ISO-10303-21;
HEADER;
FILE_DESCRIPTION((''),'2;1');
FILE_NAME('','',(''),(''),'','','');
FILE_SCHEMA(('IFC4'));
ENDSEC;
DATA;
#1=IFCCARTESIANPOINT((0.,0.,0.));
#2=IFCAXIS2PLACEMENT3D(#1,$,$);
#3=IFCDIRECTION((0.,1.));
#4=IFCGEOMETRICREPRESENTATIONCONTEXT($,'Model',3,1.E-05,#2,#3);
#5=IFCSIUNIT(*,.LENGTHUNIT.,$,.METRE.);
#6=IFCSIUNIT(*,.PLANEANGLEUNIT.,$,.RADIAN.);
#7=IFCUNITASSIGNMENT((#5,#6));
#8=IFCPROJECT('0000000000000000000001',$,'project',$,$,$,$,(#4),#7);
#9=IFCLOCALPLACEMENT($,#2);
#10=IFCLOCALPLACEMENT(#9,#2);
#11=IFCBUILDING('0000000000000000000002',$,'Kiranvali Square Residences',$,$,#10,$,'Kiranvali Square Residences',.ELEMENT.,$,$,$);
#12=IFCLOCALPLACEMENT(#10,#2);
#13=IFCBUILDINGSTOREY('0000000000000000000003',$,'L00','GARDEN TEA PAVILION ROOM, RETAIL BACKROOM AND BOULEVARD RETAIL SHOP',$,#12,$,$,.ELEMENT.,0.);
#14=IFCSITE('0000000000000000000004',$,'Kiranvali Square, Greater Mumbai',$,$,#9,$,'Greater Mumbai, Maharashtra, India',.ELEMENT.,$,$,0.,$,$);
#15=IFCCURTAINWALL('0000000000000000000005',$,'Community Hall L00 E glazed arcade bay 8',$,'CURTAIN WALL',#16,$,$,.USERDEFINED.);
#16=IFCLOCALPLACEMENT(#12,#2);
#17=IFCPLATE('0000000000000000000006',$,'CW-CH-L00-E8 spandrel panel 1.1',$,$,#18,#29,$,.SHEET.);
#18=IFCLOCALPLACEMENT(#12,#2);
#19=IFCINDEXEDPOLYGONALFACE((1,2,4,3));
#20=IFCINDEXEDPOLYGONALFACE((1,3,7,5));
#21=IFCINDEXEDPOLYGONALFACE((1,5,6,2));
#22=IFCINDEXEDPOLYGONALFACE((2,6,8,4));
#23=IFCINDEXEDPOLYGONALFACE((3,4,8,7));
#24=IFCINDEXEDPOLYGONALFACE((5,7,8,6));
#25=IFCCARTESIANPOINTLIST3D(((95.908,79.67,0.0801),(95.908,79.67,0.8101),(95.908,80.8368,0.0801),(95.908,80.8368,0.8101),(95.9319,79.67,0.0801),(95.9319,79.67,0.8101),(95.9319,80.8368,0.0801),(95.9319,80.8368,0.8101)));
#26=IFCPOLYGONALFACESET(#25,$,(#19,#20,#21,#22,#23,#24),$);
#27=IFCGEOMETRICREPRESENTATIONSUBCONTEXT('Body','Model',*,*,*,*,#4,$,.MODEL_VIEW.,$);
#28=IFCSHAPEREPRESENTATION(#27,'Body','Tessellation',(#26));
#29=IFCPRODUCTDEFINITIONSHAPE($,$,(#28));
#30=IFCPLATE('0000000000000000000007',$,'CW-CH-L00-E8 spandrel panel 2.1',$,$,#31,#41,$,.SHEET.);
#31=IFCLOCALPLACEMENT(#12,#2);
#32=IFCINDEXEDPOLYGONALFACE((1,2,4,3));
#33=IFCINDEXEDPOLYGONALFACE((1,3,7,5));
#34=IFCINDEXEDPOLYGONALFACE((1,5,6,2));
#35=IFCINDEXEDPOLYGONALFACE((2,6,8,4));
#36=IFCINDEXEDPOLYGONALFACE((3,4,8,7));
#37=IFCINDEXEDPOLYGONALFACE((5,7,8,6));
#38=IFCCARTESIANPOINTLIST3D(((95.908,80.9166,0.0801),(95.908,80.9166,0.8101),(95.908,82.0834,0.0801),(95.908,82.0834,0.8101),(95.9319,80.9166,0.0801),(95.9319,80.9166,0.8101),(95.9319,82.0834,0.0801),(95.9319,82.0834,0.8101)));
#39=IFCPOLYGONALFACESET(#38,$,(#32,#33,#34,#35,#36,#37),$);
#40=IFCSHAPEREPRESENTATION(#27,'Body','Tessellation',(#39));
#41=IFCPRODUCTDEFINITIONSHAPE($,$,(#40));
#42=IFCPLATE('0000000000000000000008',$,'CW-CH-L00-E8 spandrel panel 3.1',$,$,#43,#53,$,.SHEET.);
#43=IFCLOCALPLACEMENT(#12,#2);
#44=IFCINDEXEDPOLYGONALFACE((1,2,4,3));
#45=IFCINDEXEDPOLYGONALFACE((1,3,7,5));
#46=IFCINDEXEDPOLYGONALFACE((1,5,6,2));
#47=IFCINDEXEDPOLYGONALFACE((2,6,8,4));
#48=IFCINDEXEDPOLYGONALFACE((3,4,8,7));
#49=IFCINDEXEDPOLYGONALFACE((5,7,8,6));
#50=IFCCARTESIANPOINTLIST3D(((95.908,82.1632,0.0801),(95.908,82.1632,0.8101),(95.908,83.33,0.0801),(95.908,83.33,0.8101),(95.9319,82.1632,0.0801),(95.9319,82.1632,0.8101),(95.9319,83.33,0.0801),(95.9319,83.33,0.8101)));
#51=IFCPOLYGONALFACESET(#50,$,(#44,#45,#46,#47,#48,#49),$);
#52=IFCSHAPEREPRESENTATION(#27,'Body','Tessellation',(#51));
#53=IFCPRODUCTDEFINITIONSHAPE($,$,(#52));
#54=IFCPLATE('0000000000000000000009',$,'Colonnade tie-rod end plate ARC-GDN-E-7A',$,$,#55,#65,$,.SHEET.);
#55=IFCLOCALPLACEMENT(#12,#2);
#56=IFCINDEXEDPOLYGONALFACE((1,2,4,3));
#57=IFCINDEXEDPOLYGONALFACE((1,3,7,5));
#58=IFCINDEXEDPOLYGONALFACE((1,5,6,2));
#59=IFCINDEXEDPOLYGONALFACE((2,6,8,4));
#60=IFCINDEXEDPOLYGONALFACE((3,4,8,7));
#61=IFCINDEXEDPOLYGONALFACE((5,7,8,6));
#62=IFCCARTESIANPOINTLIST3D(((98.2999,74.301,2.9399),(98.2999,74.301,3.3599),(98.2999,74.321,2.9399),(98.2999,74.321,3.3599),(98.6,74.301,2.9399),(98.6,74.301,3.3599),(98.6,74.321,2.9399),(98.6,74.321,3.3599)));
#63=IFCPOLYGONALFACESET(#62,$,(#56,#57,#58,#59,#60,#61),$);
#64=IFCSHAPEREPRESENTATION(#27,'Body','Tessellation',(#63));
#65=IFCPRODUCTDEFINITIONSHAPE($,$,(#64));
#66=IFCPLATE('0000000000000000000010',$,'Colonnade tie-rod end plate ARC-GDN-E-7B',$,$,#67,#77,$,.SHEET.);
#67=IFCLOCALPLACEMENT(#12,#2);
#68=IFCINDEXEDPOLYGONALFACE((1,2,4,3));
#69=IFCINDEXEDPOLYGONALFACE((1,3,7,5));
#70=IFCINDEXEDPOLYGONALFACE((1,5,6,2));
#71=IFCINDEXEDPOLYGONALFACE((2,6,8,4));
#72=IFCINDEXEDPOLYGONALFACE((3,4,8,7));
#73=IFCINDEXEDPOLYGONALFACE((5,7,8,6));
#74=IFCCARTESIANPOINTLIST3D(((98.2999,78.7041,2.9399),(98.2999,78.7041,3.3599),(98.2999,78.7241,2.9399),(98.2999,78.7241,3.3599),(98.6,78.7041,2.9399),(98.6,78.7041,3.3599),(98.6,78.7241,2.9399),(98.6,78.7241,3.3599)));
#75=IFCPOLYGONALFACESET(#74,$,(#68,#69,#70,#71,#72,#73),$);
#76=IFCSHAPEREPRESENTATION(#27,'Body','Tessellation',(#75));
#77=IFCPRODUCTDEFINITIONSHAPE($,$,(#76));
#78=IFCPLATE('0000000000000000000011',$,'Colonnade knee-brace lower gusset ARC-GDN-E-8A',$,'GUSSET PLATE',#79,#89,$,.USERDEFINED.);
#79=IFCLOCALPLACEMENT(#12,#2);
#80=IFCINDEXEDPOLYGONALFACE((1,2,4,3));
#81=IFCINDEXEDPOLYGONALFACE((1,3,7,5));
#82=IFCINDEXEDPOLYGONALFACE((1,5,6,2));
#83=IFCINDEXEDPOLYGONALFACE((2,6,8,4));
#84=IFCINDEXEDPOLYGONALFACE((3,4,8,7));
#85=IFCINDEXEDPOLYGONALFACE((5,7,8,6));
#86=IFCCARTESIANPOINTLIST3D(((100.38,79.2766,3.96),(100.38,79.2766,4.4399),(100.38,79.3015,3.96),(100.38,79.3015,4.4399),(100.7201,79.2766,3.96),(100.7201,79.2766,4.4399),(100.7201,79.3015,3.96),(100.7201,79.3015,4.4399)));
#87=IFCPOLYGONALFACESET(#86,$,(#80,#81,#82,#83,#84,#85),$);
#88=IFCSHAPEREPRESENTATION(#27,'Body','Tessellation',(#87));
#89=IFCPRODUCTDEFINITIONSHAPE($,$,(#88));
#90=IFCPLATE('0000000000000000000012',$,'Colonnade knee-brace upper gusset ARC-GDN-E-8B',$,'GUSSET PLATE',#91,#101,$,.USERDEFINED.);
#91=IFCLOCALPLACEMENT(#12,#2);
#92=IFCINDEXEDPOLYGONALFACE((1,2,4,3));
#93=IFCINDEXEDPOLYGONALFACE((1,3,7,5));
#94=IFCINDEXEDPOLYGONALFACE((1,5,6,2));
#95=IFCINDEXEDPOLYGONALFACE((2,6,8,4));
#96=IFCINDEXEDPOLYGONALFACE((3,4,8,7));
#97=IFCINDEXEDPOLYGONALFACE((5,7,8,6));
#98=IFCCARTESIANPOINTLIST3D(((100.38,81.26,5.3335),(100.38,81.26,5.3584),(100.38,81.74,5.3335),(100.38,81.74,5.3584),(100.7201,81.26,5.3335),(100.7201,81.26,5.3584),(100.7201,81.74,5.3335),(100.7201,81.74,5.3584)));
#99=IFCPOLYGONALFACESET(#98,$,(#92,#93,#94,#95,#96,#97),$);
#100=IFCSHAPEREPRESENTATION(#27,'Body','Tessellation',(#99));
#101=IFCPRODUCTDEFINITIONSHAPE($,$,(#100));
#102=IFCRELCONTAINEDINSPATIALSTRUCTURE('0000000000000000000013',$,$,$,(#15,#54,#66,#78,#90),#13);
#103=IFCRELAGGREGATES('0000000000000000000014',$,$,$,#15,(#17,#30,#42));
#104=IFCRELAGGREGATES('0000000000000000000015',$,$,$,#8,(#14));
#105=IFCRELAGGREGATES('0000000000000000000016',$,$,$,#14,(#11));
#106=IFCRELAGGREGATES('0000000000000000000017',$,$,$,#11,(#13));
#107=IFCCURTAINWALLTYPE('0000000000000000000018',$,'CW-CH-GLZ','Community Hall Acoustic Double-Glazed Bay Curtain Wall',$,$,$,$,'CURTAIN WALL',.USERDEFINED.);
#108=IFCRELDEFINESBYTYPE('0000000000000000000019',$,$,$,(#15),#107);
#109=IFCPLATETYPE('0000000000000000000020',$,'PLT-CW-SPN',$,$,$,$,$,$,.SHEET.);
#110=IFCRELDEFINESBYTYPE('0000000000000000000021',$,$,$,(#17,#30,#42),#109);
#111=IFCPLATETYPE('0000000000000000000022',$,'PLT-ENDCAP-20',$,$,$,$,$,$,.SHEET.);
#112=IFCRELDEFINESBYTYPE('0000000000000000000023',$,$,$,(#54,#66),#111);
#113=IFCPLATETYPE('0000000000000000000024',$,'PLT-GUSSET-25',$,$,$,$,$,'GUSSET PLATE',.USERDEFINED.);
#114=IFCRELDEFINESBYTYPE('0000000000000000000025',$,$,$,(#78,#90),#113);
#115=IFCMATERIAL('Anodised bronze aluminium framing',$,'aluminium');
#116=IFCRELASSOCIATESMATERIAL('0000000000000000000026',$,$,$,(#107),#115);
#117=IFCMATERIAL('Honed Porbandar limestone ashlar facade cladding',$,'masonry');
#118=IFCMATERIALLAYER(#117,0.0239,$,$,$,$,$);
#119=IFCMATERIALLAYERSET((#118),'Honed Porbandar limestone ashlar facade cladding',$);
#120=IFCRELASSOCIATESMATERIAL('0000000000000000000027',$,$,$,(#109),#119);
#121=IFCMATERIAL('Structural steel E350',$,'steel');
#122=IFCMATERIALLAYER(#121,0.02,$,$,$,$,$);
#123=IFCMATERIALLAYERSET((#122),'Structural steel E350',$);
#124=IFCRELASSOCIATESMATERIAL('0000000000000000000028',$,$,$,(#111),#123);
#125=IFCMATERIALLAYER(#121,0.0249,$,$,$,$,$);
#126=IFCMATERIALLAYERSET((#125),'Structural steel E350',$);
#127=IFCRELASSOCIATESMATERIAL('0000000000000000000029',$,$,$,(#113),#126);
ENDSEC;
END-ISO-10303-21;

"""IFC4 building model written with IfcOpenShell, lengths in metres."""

from ifc_helpers import new_model, si_unit, direction, frame, origin, origin_2d, place, context, subcontext, project, spatial, rectangle, extrude, material, layer, layer_set, type_object, element, aggregate, save


model = new_model("IFC4")

# Units and contexts
model_context = context("Model", 3, precision=1e-05, world=origin(), true_north=direction((0.0, 1.0)))
body_context = subcontext(model_context, "Body", "Model", "MODEL_VIEW")
ifc_project = project(units=[si_unit("LENGTHUNIT", "METRE"), si_unit("PLANEANGLEUNIT", "RADIAN")], contexts=[model_context])

# Site, building, storey
site_placement = place(None, origin())
site = spatial("IfcSite", under=ifc_project, at=site_placement, Name="Kiranvali Square, Greater Mumbai", LongName="Greater Mumbai, Maharashtra, India", CompositionType="ELEMENT", RefElevation=0.0)
building_placement = place(site_placement, origin())
building = spatial("IfcBuilding", under=site, at=building_placement, Name="Kiranvali Square Residences", LongName="Kiranvali Square Residences", CompositionType="ELEMENT")
storey_placement = place(building_placement, origin())
storey = spatial("IfcBuildingStorey", under=building, at=storey_placement, Name="L00", Description="GARDEN TEA PAVILION ROOM, RETAIL BACKROOM AND BOULEVARD RETAIL SHOP", CompositionType="ELEMENT", Elevation=0.0)

# Shared definitions
ifc_material_1 = material(Name="Anodised bronze aluminium framing", Category="aluminium")
curtain_wall_type = type_object("IfcCurtainWallType", Name="CW-CH-GLZ", Description="Community Hall Acoustic Double-Glazed Bay Curtain Wall", ElementType="CURTAIN WALL", PredefinedType="USERDEFINED", material=ifc_material_1)

# Curtain wall
curtain_wall_1_placement = place(storey_placement, origin())
curtain_wall_1 = element("IfcCurtainWall", 1, at=curtain_wall_1_placement, inside=storey, type_object=curtain_wall_type, Name="Community Hall L00 E glazed arcade bay 8", ObjectType="CURTAIN WALL", PredefinedType="USERDEFINED")

# Shared definitions
ifc_material_2 = material(Name="Structural steel E350", Category="steel")

# Plates
ifc_material_3 = material(Name="Honed Porbandar limestone ashlar facade cladding", Category="masonry")
ifc_layer_1 = layer(ifc_material_3, 0.0239)
ifc_layer_set_1 = layer_set([ifc_layer_1], Name="Honed Porbandar limestone ashlar facade cladding")
plate_type_1 = type_object("IfcPlateType", Name="PLT-CW-SPN", PredefinedType="SHEET", material=ifc_layer_set_1)
plate_1_placement = place(storey_placement, frame((95.9199, 80.2534, 0.0801), z_axis=(0.0, 0.0, 1.0), x_axis=(0.0, 1.0, 0.0)))
plate_1 = element("IfcPlate", 2, at=plate_1_placement, type_object=plate_type_1, Name="CW-CH-L00-E8 spandrel panel 1.1", PredefinedType="SHEET", context=body_context, shape_type="SweptSolid", body=[
    extrude(rectangle(XDim=1.1667, YDim=0.0239, at=origin_2d()), origin(), (0.0, 0.0, 1.0), 0.73),
])
plate_2_placement = place(storey_placement, frame((95.9199, 81.5, 0.0801), z_axis=(0.0, 0.0, 1.0), x_axis=(0.0, 1.0, 0.0)))
plate_2 = element("IfcPlate", 3, at=plate_2_placement, type_object=plate_type_1, Name="CW-CH-L00-E8 spandrel panel 2.1", PredefinedType="SHEET", context=body_context, shape_type="SweptSolid", body=[
    extrude(rectangle(XDim=1.1667, YDim=0.0239, at=origin_2d()), origin(), (0.0, 0.0, 1.0), 0.73),
])
plate_3_placement = place(storey_placement, frame((95.9199, 82.7466, 0.0801), z_axis=(0.0, 0.0, 1.0), x_axis=(0.0, 1.0, 0.0)))
plate_3 = element("IfcPlate", 4, at=plate_3_placement, type_object=plate_type_1, Name="CW-CH-L00-E8 spandrel panel 3.1", PredefinedType="SHEET", context=body_context, shape_type="SweptSolid", body=[
    extrude(rectangle(XDim=1.1667, YDim=0.0239, at=origin_2d()), origin(), (0.0, 0.0, 1.0), 0.73),
])
aggregate(curtain_wall_1, [plate_1, plate_2, plate_3])

# Plates
ifc_layer_2 = layer(ifc_material_2, 0.02)
ifc_layer_set_2 = layer_set([ifc_layer_2], Name="Structural steel E350")
plate_type_2 = type_object("IfcPlateType", Name="PLT-ENDCAP-20", PredefinedType="SHEET", material=ifc_layer_set_2)
for number, where, z_axis, x_axis, name in (
    (5, (98.45, 74.311, 2.9399), (0.0, 0.0, 1.0), (1.0, 0.0, 0.0), "Colonnade tie-rod end plate ARC-GDN-E-7A"),
    (6, (98.45, 78.7141, 2.9399), (0.0, 0.0, 1.0), (1.0, 0.0, 0.0), "Colonnade tie-rod end plate ARC-GDN-E-7B"),
):
    element("IfcPlate", number, at=place(storey_placement, frame(where, z_axis=z_axis, x_axis=x_axis)), inside=storey, type_object=plate_type_2, Name=name, PredefinedType="SHEET", context=body_context, shape_type="SweptSolid", body=[
        extrude(rectangle(XDim=0.3, YDim=0.02, at=origin_2d()), origin(), (0.0, 0.0, 1.0), 0.4199),
    ])
ifc_layer_3 = layer(ifc_material_2, 0.0249)
ifc_layer_set_3 = layer_set([ifc_layer_3], Name="Structural steel E350")
plate_type_3 = type_object("IfcPlateType", Name="PLT-GUSSET-25", ElementType="GUSSET PLATE", PredefinedType="USERDEFINED", material=ifc_layer_set_3)
plate_4_placement = place(storey_placement, frame((100.55, 79.2891, 3.96), z_axis=(0.0, 0.0, 1.0), x_axis=(1.0, 0.0, 0.0)))
element("IfcPlate", 7, at=plate_4_placement, inside=storey, type_object=plate_type_3, Name="Colonnade knee-brace lower gusset ARC-GDN-E-8A", ObjectType="GUSSET PLATE", PredefinedType="USERDEFINED", context=body_context, shape_type="SweptSolid", body=[
    extrude(rectangle(XDim=0.3401, YDim=0.0249, at=origin_2d()), origin(), (0.0, 0.0, 1.0), 0.48),
])
plate_5_placement = place(storey_placement, frame((100.55, 81.5, 5.3335), z_axis=(0.0, 0.0, 1.0), x_axis=(1.0, 0.0, 0.0)))
element("IfcPlate", 8, at=plate_5_placement, inside=storey, type_object=plate_type_3, Name="Colonnade knee-brace upper gusset ARC-GDN-E-8B", ObjectType="GUSSET PLATE", PredefinedType="USERDEFINED", context=body_context, shape_type="SweptSolid", body=[
    extrude(rectangle(XDim=0.3401, YDim=0.48, at=origin_2d()), origin(), (0.0, 0.0, 1.0), 0.0249),
])

save(model, "model.ifc")
